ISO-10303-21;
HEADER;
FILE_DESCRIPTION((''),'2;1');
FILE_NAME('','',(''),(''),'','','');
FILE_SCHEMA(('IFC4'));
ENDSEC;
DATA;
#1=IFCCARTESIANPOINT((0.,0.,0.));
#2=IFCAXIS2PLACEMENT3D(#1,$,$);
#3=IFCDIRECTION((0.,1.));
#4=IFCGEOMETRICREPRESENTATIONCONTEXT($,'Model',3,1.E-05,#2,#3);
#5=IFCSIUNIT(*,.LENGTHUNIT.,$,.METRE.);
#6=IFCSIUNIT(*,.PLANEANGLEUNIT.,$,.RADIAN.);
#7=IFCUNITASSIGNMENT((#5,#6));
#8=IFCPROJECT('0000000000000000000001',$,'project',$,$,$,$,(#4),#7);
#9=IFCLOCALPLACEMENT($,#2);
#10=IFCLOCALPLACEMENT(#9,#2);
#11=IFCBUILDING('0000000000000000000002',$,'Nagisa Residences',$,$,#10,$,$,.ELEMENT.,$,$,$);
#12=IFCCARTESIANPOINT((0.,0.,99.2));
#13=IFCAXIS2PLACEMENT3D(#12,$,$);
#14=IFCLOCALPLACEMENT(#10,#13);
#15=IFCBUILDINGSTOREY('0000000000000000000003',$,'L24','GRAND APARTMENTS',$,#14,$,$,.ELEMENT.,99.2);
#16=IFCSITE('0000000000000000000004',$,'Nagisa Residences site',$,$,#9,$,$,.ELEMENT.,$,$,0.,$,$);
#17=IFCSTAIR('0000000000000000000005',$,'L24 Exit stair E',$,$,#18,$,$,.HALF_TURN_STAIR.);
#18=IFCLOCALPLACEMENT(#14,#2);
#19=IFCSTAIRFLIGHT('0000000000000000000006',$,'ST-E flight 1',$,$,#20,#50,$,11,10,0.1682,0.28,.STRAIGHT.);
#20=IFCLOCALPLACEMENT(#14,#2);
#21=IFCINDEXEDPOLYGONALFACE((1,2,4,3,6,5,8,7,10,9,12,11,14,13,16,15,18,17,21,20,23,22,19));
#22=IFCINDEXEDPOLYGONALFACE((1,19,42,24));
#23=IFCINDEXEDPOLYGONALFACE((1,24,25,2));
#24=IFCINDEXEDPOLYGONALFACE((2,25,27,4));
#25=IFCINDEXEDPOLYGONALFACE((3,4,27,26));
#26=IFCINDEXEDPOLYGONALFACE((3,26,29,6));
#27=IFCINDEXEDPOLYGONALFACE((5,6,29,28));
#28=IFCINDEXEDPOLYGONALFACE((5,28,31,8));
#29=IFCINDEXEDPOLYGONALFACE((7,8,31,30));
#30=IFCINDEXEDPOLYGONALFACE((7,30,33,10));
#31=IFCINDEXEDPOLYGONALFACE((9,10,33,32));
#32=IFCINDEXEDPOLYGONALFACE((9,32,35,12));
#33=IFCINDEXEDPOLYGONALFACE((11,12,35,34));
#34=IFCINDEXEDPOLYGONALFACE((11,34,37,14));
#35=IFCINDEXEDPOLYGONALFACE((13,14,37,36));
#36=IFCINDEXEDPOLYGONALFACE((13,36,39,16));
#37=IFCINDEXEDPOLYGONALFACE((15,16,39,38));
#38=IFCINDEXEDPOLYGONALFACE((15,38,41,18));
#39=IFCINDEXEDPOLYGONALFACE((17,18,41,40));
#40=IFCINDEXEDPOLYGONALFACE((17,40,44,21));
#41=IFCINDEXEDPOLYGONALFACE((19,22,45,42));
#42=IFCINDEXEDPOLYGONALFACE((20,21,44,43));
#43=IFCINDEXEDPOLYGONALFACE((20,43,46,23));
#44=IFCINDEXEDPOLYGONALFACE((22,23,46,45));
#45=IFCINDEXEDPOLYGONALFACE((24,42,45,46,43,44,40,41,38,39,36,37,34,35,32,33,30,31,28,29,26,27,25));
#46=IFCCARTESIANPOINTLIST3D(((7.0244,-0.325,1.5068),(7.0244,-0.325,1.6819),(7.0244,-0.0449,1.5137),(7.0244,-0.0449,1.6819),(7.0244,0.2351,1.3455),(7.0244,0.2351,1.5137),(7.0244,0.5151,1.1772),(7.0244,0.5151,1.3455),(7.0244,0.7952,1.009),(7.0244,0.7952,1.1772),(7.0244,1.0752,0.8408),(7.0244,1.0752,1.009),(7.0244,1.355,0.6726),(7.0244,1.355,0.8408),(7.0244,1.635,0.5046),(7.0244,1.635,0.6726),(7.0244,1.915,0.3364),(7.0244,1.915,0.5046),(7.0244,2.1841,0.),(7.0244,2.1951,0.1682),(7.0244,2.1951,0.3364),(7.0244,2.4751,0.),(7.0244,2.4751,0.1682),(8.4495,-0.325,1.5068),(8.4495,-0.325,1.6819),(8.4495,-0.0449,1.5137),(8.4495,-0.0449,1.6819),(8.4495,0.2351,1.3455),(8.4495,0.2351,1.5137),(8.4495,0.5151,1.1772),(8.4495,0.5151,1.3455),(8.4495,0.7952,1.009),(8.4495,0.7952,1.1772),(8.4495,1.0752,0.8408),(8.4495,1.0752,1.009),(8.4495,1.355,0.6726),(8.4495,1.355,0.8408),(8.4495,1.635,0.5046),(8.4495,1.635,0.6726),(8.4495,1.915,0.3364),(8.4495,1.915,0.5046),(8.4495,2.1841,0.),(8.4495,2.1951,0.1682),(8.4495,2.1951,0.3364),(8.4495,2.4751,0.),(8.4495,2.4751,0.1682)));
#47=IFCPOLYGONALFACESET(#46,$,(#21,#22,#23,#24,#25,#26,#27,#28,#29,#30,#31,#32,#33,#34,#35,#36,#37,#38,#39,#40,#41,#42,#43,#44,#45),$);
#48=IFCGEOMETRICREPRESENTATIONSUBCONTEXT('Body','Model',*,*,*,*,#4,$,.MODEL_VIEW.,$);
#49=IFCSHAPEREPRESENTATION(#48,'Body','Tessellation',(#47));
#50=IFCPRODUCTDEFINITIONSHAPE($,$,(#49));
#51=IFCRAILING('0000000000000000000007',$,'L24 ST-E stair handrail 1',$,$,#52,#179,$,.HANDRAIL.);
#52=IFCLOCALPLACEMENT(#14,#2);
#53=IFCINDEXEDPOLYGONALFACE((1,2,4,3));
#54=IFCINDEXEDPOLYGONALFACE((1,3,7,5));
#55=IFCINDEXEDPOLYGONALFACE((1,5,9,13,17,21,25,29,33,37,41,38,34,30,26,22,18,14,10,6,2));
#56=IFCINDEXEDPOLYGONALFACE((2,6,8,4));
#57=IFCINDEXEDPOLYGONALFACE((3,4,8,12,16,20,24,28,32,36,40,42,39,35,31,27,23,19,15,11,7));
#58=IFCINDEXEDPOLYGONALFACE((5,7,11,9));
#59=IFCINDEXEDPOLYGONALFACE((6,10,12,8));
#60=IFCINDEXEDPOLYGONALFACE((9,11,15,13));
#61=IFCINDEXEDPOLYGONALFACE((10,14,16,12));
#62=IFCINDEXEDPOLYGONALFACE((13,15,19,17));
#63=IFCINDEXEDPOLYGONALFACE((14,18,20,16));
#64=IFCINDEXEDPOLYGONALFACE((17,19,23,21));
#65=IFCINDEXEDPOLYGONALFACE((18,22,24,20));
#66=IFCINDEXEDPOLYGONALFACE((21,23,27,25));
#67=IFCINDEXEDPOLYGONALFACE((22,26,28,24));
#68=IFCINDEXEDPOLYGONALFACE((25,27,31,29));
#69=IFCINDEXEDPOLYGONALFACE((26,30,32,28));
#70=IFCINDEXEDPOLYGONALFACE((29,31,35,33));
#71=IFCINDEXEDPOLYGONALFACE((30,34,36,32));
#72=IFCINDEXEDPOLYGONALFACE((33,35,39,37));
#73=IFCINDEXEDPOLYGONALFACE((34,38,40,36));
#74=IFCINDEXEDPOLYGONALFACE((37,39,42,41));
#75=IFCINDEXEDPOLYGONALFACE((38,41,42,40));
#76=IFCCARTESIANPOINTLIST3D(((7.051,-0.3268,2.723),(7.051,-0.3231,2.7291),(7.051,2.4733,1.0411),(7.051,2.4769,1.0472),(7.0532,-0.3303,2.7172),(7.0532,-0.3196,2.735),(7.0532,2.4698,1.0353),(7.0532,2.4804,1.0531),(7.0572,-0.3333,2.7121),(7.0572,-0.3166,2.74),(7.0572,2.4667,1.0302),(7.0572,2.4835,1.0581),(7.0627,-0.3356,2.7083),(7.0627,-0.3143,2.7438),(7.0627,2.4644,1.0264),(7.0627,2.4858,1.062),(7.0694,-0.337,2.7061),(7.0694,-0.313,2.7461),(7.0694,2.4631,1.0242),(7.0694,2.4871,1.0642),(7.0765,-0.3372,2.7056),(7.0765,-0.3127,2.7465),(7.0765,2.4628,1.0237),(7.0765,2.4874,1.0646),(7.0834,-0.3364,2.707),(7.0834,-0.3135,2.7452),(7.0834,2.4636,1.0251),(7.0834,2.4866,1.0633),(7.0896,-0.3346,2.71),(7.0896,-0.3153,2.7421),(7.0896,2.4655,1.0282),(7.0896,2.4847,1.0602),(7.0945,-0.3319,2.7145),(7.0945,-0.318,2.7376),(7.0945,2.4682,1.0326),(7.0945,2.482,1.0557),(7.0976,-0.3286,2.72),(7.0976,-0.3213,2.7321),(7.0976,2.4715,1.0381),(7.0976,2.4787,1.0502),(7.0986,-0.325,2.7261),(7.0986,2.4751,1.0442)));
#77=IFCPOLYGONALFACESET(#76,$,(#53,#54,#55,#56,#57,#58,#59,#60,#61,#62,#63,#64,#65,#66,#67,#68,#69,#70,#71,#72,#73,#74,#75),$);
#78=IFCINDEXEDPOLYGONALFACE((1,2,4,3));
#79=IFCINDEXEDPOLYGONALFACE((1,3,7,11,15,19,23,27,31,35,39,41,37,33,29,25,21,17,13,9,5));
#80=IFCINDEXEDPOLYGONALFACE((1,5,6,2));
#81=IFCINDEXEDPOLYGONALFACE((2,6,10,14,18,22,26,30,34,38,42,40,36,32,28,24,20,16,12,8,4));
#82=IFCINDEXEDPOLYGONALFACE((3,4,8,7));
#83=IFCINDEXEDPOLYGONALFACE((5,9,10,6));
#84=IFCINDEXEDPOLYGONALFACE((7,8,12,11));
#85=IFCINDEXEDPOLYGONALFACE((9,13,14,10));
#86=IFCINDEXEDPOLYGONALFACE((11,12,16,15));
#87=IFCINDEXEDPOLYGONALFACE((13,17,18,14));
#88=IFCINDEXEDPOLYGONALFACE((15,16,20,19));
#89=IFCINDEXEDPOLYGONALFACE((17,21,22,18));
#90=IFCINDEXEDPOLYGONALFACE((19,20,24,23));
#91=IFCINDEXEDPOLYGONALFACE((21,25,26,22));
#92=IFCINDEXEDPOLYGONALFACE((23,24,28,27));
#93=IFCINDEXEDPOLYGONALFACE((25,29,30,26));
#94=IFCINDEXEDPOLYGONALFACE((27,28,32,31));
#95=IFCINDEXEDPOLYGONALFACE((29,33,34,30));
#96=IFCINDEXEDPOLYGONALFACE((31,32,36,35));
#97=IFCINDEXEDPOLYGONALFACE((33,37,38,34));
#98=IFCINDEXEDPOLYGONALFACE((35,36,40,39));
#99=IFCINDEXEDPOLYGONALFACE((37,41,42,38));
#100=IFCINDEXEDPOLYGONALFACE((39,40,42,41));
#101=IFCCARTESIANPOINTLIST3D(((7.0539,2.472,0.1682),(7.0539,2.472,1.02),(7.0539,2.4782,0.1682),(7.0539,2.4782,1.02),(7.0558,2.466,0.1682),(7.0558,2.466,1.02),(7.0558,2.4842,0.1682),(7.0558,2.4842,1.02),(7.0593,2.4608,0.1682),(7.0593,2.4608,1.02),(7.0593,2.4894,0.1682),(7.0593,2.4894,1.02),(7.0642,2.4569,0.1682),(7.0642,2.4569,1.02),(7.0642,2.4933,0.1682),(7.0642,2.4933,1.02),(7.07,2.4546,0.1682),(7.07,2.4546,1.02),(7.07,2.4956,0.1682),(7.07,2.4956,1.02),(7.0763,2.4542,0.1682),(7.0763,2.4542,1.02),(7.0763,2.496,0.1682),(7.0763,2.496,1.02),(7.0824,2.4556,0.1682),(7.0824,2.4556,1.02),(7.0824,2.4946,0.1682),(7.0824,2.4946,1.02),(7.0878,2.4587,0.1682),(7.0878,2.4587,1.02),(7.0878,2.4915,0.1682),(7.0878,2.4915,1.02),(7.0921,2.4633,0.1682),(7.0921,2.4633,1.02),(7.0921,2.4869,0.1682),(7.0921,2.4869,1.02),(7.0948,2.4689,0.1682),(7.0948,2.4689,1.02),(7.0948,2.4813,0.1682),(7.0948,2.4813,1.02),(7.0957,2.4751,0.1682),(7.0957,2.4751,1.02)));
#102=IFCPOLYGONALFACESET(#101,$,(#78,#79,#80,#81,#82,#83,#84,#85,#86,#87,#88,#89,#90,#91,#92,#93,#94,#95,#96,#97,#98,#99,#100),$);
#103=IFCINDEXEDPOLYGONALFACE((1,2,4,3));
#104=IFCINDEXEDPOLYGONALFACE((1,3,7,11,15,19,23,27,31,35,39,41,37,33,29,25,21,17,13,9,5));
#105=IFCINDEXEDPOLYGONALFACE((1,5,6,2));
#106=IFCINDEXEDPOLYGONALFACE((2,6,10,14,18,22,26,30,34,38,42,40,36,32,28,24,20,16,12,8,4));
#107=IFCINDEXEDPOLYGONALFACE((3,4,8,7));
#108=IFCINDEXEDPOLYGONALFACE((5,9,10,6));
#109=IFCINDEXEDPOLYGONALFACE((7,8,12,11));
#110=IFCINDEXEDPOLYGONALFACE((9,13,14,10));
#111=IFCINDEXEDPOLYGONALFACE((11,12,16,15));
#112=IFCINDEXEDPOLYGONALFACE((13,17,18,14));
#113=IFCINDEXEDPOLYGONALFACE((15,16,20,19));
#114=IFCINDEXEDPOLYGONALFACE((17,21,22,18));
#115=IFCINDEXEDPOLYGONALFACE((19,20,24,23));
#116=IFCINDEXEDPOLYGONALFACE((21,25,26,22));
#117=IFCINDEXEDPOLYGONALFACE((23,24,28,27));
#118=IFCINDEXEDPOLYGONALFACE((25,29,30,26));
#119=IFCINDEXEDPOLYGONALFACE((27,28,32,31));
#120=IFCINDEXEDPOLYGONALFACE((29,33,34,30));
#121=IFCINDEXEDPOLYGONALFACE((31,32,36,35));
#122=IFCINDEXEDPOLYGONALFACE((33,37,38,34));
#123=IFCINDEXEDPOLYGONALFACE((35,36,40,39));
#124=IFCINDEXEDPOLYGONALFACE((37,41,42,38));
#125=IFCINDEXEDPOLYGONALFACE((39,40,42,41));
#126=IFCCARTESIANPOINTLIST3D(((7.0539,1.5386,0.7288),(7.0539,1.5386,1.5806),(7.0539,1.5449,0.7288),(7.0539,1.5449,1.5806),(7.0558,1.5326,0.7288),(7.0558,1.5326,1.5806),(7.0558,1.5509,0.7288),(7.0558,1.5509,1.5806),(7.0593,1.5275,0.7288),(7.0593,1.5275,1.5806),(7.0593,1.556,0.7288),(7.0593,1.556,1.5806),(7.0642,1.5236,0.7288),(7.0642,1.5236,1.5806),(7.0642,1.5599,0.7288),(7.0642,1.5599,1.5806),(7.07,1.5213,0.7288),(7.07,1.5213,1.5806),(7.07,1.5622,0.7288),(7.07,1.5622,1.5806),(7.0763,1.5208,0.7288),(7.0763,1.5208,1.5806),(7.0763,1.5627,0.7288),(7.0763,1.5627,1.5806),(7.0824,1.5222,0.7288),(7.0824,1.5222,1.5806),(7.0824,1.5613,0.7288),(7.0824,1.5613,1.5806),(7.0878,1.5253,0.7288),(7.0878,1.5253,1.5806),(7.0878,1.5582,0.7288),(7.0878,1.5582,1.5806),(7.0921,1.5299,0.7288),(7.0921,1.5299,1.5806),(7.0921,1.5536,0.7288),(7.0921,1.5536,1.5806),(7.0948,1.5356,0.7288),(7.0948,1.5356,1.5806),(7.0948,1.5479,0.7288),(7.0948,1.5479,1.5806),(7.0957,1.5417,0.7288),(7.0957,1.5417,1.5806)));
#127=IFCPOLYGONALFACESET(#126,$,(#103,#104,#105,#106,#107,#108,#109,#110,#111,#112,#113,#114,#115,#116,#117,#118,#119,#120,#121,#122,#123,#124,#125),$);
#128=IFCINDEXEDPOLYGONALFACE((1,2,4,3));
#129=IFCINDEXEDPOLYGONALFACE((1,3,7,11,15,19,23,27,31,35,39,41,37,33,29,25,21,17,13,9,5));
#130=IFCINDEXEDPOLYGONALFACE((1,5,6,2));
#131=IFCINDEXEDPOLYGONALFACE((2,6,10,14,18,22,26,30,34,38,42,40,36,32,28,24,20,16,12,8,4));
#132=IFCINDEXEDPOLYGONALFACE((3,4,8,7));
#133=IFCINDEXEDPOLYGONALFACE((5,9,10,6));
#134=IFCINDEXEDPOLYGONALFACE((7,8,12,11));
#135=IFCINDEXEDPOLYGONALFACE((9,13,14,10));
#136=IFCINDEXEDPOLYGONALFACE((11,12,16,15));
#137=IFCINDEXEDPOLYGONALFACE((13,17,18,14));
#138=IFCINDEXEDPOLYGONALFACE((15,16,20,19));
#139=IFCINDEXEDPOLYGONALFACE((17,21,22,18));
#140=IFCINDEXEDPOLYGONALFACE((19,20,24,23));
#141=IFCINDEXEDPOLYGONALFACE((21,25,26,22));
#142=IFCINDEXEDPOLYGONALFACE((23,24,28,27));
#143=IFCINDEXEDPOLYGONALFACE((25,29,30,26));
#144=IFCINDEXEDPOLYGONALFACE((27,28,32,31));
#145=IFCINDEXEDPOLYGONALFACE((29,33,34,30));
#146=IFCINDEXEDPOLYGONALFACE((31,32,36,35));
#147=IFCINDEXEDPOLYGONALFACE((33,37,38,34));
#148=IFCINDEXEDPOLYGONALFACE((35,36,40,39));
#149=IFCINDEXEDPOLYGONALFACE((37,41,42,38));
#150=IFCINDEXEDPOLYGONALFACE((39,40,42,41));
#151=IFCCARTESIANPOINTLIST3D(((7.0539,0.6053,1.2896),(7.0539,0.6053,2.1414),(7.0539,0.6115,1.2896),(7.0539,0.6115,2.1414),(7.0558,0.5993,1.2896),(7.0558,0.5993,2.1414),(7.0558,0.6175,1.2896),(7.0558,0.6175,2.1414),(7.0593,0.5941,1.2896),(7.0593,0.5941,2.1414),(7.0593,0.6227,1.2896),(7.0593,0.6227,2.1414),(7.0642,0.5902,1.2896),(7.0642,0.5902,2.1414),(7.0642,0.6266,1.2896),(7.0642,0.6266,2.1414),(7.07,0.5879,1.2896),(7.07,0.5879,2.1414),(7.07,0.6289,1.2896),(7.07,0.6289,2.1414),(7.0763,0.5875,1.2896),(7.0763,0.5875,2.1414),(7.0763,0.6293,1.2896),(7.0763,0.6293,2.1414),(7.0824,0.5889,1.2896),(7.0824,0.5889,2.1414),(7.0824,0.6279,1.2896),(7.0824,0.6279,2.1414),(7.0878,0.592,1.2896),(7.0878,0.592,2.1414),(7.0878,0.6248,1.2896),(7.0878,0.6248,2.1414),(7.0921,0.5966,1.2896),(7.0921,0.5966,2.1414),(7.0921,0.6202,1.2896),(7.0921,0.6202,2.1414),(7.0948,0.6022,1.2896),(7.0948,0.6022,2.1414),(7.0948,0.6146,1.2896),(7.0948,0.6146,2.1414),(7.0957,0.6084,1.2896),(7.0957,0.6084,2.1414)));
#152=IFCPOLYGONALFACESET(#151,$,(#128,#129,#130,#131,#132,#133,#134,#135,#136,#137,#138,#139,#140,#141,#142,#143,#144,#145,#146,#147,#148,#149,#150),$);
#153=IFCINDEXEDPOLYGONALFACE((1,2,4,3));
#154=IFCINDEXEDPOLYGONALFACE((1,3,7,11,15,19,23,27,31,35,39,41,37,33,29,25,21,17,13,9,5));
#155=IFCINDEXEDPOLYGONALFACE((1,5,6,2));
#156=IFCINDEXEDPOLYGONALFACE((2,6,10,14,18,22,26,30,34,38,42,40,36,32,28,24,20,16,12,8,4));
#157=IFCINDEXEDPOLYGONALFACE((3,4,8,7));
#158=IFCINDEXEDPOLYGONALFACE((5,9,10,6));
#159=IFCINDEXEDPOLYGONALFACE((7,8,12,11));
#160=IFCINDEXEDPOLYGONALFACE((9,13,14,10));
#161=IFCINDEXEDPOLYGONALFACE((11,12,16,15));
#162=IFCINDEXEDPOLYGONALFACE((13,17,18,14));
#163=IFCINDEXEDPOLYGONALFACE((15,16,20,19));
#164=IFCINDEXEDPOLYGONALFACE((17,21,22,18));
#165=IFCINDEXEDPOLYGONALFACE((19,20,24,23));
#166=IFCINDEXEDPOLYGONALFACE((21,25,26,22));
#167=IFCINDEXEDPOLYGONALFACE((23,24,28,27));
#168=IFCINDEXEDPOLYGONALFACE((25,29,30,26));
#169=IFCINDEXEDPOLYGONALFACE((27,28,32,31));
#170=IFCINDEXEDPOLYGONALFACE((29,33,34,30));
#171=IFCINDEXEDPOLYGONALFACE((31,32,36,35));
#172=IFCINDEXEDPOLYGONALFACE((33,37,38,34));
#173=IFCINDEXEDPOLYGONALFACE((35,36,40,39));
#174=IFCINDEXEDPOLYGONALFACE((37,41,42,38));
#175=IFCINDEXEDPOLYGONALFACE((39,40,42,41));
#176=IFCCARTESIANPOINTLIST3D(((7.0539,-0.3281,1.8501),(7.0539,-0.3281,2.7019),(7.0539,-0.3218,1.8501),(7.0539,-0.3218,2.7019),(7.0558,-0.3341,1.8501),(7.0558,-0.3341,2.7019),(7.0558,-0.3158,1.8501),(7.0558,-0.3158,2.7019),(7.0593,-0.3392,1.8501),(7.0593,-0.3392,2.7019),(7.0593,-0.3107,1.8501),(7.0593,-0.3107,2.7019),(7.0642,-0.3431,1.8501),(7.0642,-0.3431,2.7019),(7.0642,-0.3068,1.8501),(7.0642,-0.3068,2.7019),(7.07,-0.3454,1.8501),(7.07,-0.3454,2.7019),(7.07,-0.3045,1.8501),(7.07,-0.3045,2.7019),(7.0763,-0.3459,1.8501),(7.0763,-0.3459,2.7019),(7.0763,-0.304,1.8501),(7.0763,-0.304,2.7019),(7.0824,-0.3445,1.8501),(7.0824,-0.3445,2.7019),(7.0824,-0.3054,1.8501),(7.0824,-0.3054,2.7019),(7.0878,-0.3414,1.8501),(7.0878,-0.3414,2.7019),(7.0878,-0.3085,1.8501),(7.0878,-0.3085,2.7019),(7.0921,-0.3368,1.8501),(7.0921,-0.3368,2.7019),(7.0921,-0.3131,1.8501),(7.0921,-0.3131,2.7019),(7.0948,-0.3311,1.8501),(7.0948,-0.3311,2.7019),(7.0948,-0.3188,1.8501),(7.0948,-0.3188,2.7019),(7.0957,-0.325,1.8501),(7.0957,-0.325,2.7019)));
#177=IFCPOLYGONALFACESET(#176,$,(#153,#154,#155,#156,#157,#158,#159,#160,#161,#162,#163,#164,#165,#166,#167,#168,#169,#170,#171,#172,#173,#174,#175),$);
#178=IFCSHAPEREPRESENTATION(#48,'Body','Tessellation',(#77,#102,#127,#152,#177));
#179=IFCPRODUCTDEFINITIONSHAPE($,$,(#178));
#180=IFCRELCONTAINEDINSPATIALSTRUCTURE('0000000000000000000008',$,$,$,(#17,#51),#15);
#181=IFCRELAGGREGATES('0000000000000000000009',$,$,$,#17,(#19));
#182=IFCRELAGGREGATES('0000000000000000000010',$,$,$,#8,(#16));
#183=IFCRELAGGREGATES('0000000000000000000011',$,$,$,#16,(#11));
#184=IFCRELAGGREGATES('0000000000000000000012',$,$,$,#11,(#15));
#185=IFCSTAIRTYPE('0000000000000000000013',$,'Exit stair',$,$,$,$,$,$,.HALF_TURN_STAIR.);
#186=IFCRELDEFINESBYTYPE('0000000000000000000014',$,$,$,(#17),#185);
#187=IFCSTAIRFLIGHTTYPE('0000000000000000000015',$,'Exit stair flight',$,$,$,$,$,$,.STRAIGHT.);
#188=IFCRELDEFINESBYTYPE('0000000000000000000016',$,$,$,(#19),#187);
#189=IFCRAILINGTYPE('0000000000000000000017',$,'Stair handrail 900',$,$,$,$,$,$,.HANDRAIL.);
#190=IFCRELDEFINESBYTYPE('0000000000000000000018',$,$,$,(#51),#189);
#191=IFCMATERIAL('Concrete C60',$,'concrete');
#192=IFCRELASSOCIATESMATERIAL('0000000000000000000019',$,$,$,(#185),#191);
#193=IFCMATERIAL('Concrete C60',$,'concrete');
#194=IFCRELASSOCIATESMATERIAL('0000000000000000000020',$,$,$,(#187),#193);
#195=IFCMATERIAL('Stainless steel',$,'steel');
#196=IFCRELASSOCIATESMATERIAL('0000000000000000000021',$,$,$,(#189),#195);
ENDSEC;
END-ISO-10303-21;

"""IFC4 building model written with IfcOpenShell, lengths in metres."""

from ifc_helpers import new_model, si_unit, direction, frame, origin, origin_2d, place, context, subcontext, project, spatial, polyline, circle, outline, extrude, material, type_object, element, aggregate, save


model = new_model("IFC4")

# Units and contexts
model_context = context("Model", 3, precision=1e-05, world=origin(), true_north=direction((0.0, 1.0)))
body_context = subcontext(model_context, "Body", "Model", "MODEL_VIEW")
ifc_project = project(units=[si_unit("LENGTHUNIT", "METRE"), si_unit("PLANEANGLEUNIT", "RADIAN")], contexts=[model_context])

# Site, building, storey
site_placement = place(None, origin())
site = spatial("IfcSite", under=ifc_project, at=site_placement, Name="Nagisa Residences site", CompositionType="ELEMENT", RefElevation=0.0)
building_placement = place(site_placement, origin())
building = spatial("IfcBuilding", under=site, at=building_placement, Name="Nagisa Residences", CompositionType="ELEMENT")
storey_placement = place(building_placement, frame((0.0, 0.0, 99.2)))
storey = spatial("IfcBuildingStorey", under=building, at=storey_placement, Name="L24", Description="GRAND APARTMENTS", CompositionType="ELEMENT", Elevation=99.2)

# Stair, stair flight
ifc_material_1 = material(Name="Concrete C60", Category="concrete")
stair_type = type_object("IfcStairType", Name="Exit stair", PredefinedType="HALF_TURN_STAIR", material=ifc_material_1)
stair_placement = place(storey_placement, origin())
stair = element("IfcStair", 1, at=stair_placement, inside=storey, type_object=stair_type, Name="L24 Exit stair E", PredefinedType="HALF_TURN_STAIR")
ifc_material_2 = material(Name="Concrete C60", Category="concrete")
stair_flight_type = type_object("IfcStairFlightType", Name="Exit stair flight", PredefinedType="STRAIGHT", material=ifc_material_2)
stair_flight_placement = place(storey_placement, frame((7.7371, 2.4751, 0.0), z_axis=(0.0, 0.0, 1.0), x_axis=(0.0, -1.0, 0.0)))
stair_flight = element("IfcStairFlight", 2, at=stair_flight_placement, type_object=stair_flight_type, Name="ST-E flight 1", NumberOfRisers=11, NumberOfTreads=10, PredefinedType="STRAIGHT", RiserHeight=0.1682, TreadLength=0.28, context=body_context, shape_type="SweptSolid", body=[
    extrude(outline(polyline([(0.0, 0.0), (0.0, 0.1682), (0.28, 0.1682), (0.28, 0.3364), (0.5601, 0.3364), (0.5601, 0.5046), (0.8401, 0.5046), (0.8401, 0.6726), (1.1201, 0.6726), (1.1201, 0.8408), (1.3999, 0.8408), (1.3999, 1.009), (1.6799, 1.009), (1.6799, 1.1772), (1.96, 1.1772), (1.96, 1.3455), (2.24, 1.3455), (2.24, 1.5137), (2.52, 1.5137), (2.52, 1.6819), (2.8, 1.6819), (2.8, 1.8501), (2.8, 1.5068), (0.291, 0.0), (0.0, 0.0)])), frame((0.0, 0.7124, 0.0), z_axis=(0.0, -1.0, 0.0), x_axis=(1.0, 0.0, 0.0)), (0.0, 0.0, 1.0), 1.425),
])
aggregate(stair, [stair_flight])

# Railing
ifc_material_3 = material(Name="Stainless steel", Category="steel")
railing_type_1 = type_object("IfcRailingType", Name="Stair handrail 900", PredefinedType="HANDRAIL", material=ifc_material_3)
railing_1_placement = place(storey_placement, frame((7.0747, 2.4751, 0.1682)))
element("IfcRailing", 3, at=railing_1_placement, inside=storey, type_object=railing_type_1, Name="L24 ST-E stair handrail 1", PredefinedType="HANDRAIL", context=body_context, shape_type="SweptSolid", body=[
    extrude(circle(Radius=0.0239, at=origin_2d()), frame((0.0, 0.0, 0.876), z_axis=(0.0, -0.857242, 0.514913), x_axis=(1.0, 0.0, 0.0)), (0.0, 0.0, 1.0), 3.2664),
    extrude(circle(Radius=0.021, at=origin_2d()), origin(), (0.0, 0.0, 1.0), 0.8518),
    extrude(circle(Radius=0.021, at=origin_2d()), frame((0.0, -0.9333, 0.5605)), (0.0, 0.0, 1.0), 0.8518),
    extrude(circle(Radius=0.021, at=origin_2d()), frame((0.0, -1.8667, 1.1213)), (0.0, 0.0, 1.0), 0.8518),
    extrude(circle(Radius=0.021, at=origin_2d()), frame((0.0, -2.8, 1.6819)), (0.0, 0.0, 1.0), 0.8518),
])

save(model, "model.ifc")
